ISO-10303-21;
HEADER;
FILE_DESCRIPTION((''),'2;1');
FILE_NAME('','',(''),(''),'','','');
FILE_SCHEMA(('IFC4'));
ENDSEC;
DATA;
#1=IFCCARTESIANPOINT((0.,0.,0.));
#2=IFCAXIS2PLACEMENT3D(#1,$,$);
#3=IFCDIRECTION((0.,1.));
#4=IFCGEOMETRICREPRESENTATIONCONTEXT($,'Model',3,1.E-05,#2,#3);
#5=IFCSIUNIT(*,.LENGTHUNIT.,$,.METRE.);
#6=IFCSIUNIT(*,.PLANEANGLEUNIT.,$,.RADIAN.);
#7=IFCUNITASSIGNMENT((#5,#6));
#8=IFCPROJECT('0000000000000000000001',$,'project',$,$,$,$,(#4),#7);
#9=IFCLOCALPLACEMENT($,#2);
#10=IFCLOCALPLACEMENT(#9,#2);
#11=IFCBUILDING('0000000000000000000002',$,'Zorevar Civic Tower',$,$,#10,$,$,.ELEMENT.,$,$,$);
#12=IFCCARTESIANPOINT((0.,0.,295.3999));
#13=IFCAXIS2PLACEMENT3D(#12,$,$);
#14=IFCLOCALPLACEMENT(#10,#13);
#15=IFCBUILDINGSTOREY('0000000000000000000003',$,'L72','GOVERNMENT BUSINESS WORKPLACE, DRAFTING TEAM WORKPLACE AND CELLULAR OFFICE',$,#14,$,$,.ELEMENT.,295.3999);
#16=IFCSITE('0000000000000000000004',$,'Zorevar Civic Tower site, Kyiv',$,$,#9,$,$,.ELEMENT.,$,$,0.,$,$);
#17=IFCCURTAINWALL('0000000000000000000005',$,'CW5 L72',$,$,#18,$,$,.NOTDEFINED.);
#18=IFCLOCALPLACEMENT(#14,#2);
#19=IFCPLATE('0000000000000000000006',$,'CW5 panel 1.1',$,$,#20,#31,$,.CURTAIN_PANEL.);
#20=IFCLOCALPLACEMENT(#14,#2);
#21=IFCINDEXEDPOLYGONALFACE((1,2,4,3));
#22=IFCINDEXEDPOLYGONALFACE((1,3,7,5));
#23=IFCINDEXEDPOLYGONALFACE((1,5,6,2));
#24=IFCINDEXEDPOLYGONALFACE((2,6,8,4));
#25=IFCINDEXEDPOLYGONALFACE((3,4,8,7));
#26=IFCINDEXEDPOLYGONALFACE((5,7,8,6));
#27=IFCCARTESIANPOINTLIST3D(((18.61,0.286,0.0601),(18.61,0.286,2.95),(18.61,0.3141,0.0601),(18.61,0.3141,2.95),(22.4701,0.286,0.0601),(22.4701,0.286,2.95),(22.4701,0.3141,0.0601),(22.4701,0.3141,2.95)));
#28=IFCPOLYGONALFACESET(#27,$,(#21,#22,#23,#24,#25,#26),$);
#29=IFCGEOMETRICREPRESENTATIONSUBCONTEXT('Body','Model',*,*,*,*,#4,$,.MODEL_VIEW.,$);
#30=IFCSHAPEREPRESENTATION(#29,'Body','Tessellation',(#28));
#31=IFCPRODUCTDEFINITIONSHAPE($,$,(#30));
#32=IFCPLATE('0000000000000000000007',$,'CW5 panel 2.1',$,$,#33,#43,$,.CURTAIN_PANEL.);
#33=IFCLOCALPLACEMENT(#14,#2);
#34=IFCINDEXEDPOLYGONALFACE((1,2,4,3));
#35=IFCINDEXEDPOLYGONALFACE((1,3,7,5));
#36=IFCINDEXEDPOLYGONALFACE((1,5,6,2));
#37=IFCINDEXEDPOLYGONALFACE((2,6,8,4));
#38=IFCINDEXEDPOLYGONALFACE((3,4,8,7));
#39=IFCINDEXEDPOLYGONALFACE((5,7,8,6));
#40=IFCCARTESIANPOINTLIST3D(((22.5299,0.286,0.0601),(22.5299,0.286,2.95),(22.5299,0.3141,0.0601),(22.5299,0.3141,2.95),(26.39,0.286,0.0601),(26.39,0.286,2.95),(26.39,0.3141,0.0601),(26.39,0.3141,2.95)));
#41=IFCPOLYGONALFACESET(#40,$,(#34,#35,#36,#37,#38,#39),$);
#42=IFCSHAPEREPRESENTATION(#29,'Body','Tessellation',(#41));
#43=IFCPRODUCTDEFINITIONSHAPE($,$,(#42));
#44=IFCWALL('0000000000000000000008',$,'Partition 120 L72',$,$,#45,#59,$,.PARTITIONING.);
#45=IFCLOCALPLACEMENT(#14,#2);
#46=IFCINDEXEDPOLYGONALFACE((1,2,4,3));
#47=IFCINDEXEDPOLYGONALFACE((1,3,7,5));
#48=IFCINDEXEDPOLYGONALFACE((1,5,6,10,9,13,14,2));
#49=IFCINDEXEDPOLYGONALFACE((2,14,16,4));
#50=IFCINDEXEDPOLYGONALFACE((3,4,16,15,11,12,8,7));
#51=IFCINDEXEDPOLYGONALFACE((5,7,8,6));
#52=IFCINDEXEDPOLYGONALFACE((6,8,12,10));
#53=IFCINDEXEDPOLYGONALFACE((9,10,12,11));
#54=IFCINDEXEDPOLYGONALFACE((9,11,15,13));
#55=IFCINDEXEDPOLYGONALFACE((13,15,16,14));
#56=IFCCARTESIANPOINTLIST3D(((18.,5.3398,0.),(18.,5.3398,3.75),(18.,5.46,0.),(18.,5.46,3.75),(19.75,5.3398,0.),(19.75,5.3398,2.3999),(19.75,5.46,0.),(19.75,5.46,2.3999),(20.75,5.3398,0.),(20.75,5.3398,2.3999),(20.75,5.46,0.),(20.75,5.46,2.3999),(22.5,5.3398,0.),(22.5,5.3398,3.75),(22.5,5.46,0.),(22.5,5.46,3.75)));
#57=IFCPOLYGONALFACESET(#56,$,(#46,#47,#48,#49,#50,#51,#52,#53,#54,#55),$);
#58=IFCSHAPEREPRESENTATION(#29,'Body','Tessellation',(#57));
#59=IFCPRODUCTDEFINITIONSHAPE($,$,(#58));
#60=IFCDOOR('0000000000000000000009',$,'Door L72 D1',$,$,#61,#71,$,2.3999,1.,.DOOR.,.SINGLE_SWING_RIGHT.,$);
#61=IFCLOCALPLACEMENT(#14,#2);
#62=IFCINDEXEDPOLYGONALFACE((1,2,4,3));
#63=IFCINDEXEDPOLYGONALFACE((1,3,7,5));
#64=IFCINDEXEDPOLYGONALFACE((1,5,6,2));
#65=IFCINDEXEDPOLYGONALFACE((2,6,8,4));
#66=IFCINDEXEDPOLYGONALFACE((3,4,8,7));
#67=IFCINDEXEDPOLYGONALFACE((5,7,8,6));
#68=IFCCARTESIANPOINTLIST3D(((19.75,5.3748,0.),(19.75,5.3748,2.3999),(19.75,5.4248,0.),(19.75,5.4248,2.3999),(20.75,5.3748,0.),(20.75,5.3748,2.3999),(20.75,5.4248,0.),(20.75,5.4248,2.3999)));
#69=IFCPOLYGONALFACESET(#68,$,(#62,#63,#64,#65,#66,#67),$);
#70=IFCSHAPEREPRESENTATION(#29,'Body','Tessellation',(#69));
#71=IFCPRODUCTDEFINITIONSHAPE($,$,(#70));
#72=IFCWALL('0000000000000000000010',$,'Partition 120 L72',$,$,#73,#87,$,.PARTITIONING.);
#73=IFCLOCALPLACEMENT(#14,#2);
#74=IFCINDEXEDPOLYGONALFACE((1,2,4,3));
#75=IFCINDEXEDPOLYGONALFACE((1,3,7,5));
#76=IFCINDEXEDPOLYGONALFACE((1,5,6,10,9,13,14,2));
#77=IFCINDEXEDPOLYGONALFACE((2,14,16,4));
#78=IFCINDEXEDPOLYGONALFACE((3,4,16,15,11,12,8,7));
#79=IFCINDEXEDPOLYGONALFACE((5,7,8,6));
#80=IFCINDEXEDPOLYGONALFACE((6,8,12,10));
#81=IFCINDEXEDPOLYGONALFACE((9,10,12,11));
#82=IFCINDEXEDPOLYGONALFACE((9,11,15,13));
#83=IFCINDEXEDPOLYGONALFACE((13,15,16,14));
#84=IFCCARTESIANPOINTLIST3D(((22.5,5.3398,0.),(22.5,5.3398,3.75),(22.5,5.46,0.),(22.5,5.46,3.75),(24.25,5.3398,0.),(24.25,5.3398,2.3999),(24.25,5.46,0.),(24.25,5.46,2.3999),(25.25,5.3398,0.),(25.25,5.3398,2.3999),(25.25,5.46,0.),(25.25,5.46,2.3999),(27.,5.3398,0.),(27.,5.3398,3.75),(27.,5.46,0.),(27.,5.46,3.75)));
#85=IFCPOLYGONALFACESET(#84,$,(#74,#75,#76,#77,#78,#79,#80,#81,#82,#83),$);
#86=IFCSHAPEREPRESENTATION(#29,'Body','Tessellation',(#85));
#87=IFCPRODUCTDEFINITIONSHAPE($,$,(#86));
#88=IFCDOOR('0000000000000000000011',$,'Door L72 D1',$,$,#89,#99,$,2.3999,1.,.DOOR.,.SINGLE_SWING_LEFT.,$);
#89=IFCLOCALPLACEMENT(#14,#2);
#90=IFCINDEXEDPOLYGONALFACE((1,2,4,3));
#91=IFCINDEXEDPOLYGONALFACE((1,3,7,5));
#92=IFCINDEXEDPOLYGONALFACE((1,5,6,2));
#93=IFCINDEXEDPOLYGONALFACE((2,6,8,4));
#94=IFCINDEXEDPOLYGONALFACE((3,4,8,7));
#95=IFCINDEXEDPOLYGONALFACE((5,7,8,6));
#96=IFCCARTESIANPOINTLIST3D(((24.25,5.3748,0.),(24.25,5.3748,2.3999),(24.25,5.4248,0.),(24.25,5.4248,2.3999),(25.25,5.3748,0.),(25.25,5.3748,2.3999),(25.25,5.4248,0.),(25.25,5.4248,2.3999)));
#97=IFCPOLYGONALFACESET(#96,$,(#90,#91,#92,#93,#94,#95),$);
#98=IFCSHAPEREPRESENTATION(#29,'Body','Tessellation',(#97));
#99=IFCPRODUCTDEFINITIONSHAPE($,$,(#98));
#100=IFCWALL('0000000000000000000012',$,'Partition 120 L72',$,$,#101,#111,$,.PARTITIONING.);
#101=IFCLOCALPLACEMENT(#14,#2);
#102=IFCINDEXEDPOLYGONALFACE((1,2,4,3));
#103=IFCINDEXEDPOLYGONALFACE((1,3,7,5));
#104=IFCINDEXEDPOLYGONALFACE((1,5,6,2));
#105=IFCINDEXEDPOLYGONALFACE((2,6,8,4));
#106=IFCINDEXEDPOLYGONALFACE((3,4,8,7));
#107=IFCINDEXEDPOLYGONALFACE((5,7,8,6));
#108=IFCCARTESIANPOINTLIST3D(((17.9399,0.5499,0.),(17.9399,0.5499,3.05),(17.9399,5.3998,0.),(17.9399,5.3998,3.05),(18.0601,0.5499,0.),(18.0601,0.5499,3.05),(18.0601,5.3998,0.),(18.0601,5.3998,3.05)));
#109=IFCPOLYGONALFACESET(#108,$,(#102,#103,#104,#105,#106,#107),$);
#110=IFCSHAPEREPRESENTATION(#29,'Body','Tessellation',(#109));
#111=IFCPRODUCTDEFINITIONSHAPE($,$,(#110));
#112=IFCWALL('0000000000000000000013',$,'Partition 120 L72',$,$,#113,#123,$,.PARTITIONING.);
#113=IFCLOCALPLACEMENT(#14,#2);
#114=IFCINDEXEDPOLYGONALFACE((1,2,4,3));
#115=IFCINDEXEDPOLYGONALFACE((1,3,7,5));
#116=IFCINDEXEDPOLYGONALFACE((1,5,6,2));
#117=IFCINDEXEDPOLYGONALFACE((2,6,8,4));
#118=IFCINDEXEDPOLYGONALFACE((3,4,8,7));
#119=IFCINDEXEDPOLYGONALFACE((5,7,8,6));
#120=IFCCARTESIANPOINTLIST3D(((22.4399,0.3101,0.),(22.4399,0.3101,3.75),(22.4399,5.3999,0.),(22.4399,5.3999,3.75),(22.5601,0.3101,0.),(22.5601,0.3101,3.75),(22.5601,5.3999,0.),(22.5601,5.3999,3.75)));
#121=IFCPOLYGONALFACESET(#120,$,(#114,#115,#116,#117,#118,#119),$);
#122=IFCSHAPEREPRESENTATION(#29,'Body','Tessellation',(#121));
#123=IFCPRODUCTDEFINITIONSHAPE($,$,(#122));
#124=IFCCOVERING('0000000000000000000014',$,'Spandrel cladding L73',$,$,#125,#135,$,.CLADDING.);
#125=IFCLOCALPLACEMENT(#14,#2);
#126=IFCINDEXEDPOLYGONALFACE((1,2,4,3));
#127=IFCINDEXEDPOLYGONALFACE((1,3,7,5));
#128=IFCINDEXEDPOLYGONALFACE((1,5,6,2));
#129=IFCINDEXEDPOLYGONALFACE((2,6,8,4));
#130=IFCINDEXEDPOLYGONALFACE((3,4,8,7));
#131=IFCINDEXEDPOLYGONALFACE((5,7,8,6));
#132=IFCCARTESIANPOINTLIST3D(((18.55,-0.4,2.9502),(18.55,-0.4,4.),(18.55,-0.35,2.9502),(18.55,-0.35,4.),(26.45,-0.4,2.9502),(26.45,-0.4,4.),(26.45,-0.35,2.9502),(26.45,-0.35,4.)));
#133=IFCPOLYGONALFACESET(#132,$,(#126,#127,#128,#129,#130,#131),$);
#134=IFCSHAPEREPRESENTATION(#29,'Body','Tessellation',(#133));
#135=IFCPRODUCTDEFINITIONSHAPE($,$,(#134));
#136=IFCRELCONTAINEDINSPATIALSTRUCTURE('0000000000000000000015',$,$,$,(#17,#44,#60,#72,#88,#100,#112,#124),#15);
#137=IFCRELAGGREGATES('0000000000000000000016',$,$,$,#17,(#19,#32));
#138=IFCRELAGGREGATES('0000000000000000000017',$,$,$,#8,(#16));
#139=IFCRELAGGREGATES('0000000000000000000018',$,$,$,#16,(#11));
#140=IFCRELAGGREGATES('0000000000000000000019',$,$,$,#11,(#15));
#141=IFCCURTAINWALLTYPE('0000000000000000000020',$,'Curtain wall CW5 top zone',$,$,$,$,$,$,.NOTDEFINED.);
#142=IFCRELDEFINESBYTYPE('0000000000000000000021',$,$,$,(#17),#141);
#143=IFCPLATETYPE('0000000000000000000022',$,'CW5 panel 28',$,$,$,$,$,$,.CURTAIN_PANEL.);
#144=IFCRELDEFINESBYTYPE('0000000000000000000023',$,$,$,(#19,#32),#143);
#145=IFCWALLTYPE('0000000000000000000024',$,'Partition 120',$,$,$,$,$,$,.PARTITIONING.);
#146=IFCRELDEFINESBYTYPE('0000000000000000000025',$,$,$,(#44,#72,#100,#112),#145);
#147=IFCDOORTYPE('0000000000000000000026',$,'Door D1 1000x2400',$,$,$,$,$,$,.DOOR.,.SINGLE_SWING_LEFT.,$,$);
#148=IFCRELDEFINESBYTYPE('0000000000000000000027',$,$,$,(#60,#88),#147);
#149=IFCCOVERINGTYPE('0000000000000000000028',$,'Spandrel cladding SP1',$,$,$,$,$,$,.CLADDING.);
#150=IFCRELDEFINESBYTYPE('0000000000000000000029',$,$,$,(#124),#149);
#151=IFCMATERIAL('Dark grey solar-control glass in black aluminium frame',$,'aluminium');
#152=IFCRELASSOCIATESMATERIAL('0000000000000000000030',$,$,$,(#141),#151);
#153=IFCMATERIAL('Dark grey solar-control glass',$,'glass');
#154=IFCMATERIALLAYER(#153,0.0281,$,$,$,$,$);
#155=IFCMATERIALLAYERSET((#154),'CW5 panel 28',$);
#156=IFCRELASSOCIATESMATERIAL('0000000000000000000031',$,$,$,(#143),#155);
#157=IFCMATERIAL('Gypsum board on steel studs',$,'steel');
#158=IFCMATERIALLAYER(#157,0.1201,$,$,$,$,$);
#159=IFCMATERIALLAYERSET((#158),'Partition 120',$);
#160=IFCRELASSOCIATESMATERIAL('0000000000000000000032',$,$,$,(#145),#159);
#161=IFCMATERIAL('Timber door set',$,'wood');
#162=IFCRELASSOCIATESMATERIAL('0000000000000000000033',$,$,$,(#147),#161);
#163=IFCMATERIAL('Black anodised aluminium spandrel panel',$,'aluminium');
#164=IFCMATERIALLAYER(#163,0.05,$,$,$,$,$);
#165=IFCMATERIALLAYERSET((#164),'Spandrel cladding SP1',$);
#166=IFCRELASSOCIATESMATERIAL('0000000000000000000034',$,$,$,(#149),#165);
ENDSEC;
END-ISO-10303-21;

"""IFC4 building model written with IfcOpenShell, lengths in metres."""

from ifc_helpers import new_model, si_unit, direction, frame, frame_2d, origin, origin_2d, place, context, subcontext, project, spatial, rectangle, extrude, material, layer, layer_set, type_object, element, fill, aggregate, save


model = new_model("IFC4")

# Units and contexts
model_context = context("Model", 3, precision=1e-05, world=origin(), true_north=direction((0.0, 1.0)))
body_context = subcontext(model_context, "Body", "Model", "MODEL_VIEW")
ifc_project = project(units=[si_unit("LENGTHUNIT", "METRE"), si_unit("PLANEANGLEUNIT", "RADIAN")], contexts=[model_context])

# Site, building, storey
site_placement = place(None, origin())
site = spatial("IfcSite", under=ifc_project, at=site_placement, Name="Zorevar Civic Tower site, Kyiv", CompositionType="ELEMENT", RefElevation=0.0)
building_placement = place(site_placement, origin())
building = spatial("IfcBuilding", under=site, at=building_placement, Name="Zorevar Civic Tower", CompositionType="ELEMENT")
storey_placement = place(building_placement, frame((0.0, 0.0, 295.3999)))
storey = spatial("IfcBuildingStorey", under=building, at=storey_placement, Name="L72", Description="GOVERNMENT BUSINESS WORKPLACE, DRAFTING TEAM WORKPLACE AND CELLULAR OFFICE", CompositionType="ELEMENT", Elevation=295.3999)

# Curtain wall
ifc_material_1 = material(Name="Dark grey solar-control glass in black aluminium frame", Category="aluminium")
curtain_wall_type = type_object("IfcCurtainWallType", Name="Curtain wall CW5 top zone", PredefinedType="NOTDEFINED", material=ifc_material_1)
curtain_wall_placement = place(storey_placement, origin())
curtain_wall = element("IfcCurtainWall", 1, at=curtain_wall_placement, inside=storey, type_object=curtain_wall_type, Name="CW5 L72", PredefinedType="NOTDEFINED")

# Plates
ifc_material_2 = material(Name="Dark grey solar-control glass", Category="glass")
ifc_layer_1 = layer(ifc_material_2, 0.0281)
ifc_layer_set_1 = layer_set([ifc_layer_1], Name="CW5 panel 28")
plate_type = type_object("IfcPlateType", Name="CW5 panel 28", PredefinedType="CURTAIN_PANEL", material=ifc_layer_set_1)
plate_1_placement = place(storey_placement, frame((20.54, 0.3, 0.0601), z_axis=(0.0, 0.0, 1.0), x_axis=(1.0, 0.0, 0.0)))
plate_1 = element("IfcPlate", 2, at=plate_1_placement, type_object=plate_type, Name="CW5 panel 1.1", PredefinedType="CURTAIN_PANEL", context=body_context, shape_type="SweptSolid", body=[
    extrude(rectangle(XDim=3.8601, YDim=0.0281, at=origin_2d()), origin(), (0.0, 0.0, 1.0), 2.8899),
])
plate_2_placement = place(storey_placement, frame((24.46, 0.3, 0.0601), z_axis=(0.0, 0.0, 1.0), x_axis=(1.0, 0.0, 0.0)))
plate_2 = element("IfcPlate", 3, at=plate_2_placement, type_object=plate_type, Name="CW5 panel 2.1", PredefinedType="CURTAIN_PANEL", context=body_context, shape_type="SweptSolid", body=[
    extrude(rectangle(XDim=3.8601, YDim=0.0281, at=origin_2d()), origin(), (0.0, 0.0, 1.0), 2.8899),
])
aggregate(curtain_wall, [plate_1, plate_2])

# Walls, openings, doors
ifc_material_3 = material(Name="Gypsum board on steel studs", Category="steel")
ifc_layer_2 = layer(ifc_material_3, 0.1201)
ifc_layer_set_2 = layer_set([ifc_layer_2], Name="Partition 120")
wall_type = type_object("IfcWallType", Name="Partition 120", PredefinedType="PARTITIONING", material=ifc_layer_set_2)
wall_1_placement = place(storey_placement, frame((18.0, 5.3999, 0.0), z_axis=(0.0, 0.0, 1.0), x_axis=(1.0, 0.0, 0.0)))
wall_1 = element("IfcWall", 4, at=wall_1_placement, inside=storey, type_object=wall_type, Name="Partition 120 L72", PredefinedType="PARTITIONING", context=body_context, shape_type="SweptSolid", body=[
    extrude(rectangle(XDim=4.5, YDim=0.1201, at=frame_2d((2.25, 0.0))), origin(), (0.0, 0.0, 1.0), 3.75),
])
opening_1_placement = place(wall_1_placement, frame((1.75, 0.0, 0.0)))
opening_1 = element("IfcOpeningElement", 5, at=opening_1_placement, cuts=wall_1, PredefinedType="OPENING", context=body_context, shape_type="SweptSolid", body=[
    extrude(rectangle(XDim=1.0, YDim=2.3999, at=frame_2d((0.5, 1.2))), frame((0.0, 0.0701, 0.0), z_axis=(0.0, -1.0, 0.0), x_axis=(1.0, 0.0, 0.0)), (0.0, 0.0, 1.0), 0.1401),
])
ifc_material_4 = material(Name="Timber door set", Category="wood")
door_type = type_object("IfcDoorType", Name="Door D1 1000x2400", OperationType="SINGLE_SWING_LEFT", PredefinedType="DOOR", material=ifc_material_4)
door_1_placement = place(opening_1_placement, origin())
door_1 = element("IfcDoor", 6, at=door_1_placement, inside=storey, type_object=door_type, Name="Door L72 D1", OperationType="SINGLE_SWING_RIGHT", OverallHeight=2.3999, OverallWidth=1.0, PredefinedType="DOOR", context=body_context, shape_type="SweptSolid", body=[
    extrude(rectangle(XDim=1.0, YDim=2.3999, at=frame_2d((0.5, 1.2))), frame((0.0, 0.0249, 0.0), z_axis=(0.0, -1.0, 0.0), x_axis=(1.0, 0.0, 0.0)), (0.0, 0.0, 1.0), 0.05),
])
fill(opening_1, door_1)
wall_2_placement = place(storey_placement, frame((22.5, 5.3999, 0.0), z_axis=(0.0, 0.0, 1.0), x_axis=(1.0, 0.0, 0.0)))
wall_2 = element("IfcWall", 7, at=wall_2_placement, inside=storey, type_object=wall_type, Name="Partition 120 L72", PredefinedType="PARTITIONING", context=body_context, shape_type="SweptSolid", body=[
    extrude(rectangle(XDim=4.5, YDim=0.1201, at=frame_2d((2.25, 0.0))), origin(), (0.0, 0.0, 1.0), 3.75),
])
opening_2_placement = place(wall_2_placement, frame((1.75, 0.0, 0.0)))
opening_2 = element("IfcOpeningElement", 8, at=opening_2_placement, cuts=wall_2, PredefinedType="OPENING", context=body_context, shape_type="SweptSolid", body=[
    extrude(rectangle(XDim=1.0, YDim=2.3999, at=frame_2d((0.5, 1.2))), frame((0.0, 0.0701, 0.0), z_axis=(0.0, -1.0, 0.0), x_axis=(1.0, 0.0, 0.0)), (0.0, 0.0, 1.0), 0.1401),
])
door_2_placement = place(opening_2_placement, origin())
door_2 = element("IfcDoor", 9, at=door_2_placement, inside=storey, type_object=door_type, Name="Door L72 D1", OperationType="SINGLE_SWING_LEFT", OverallHeight=2.3999, OverallWidth=1.0, PredefinedType="DOOR", context=body_context, shape_type="SweptSolid", body=[
    extrude(rectangle(XDim=1.0, YDim=2.3999, at=frame_2d((0.5, 1.2))), frame((0.0, 0.0249, 0.0), z_axis=(0.0, -1.0, 0.0), x_axis=(1.0, 0.0, 0.0)), (0.0, 0.0, 1.0), 0.05),
])
fill(opening_2, door_2)

# Walls
wall_3_placement = place(storey_placement, frame((18.0, 0.55, 0.0), z_axis=(0.0, 0.0, 1.0), x_axis=(0.0, 1.0, 0.0)))
element("IfcWall", 10, at=wall_3_placement, inside=storey, type_object=wall_type, Name="Partition 120 L72", PredefinedType="PARTITIONING", context=body_context, shape_type="SweptSolid", body=[
    extrude(rectangle(XDim=4.8499, YDim=0.1201, at=frame_2d((2.4248, 0.0))), origin(), (0.0, 0.0, 1.0), 3.05),
])
wall_4_placement = place(storey_placement, frame((22.5, 0.3101, 0.0), z_axis=(0.0, 0.0, 1.0), x_axis=(0.0, 1.0, 0.0)))
element("IfcWall", 11, at=wall_4_placement, inside=storey, type_object=wall_type, Name="Partition 120 L72", PredefinedType="PARTITIONING", context=body_context, shape_type="SweptSolid", body=[
    extrude(rectangle(XDim=5.0898, YDim=0.1201, at=frame_2d((2.5449, 0.0))), origin(), (0.0, 0.0, 1.0), 3.75),
])

# Covering
ifc_material_5 = material(Name="Black anodised aluminium spandrel panel", Category="aluminium")
ifc_layer_3 = layer(ifc_material_5, 0.05)
ifc_layer_set_3 = layer_set([ifc_layer_3], Name="Spandrel cladding SP1")
covering_type = type_object("IfcCoveringType", Name="Spandrel cladding SP1", PredefinedType="CLADDING", material=ifc_layer_set_3)
covering_placement = place(storey_placement, frame((18.55, -0.375, 2.9502), z_axis=(0.0, 0.0, 1.0), x_axis=(1.0, 0.0, 0.0)))
element("IfcCovering", 12, at=covering_placement, inside=storey, type_object=covering_type, Name="Spandrel cladding L73", PredefinedType="CLADDING", context=body_context, shape_type="SweptSolid", body=[
    extrude(rectangle(XDim=7.8999, YDim=0.05, at=frame_2d((3.95, 0.0))), origin(), (0.0, 0.0, 1.0), 1.0498),
])

save(model, "model.ifc")
